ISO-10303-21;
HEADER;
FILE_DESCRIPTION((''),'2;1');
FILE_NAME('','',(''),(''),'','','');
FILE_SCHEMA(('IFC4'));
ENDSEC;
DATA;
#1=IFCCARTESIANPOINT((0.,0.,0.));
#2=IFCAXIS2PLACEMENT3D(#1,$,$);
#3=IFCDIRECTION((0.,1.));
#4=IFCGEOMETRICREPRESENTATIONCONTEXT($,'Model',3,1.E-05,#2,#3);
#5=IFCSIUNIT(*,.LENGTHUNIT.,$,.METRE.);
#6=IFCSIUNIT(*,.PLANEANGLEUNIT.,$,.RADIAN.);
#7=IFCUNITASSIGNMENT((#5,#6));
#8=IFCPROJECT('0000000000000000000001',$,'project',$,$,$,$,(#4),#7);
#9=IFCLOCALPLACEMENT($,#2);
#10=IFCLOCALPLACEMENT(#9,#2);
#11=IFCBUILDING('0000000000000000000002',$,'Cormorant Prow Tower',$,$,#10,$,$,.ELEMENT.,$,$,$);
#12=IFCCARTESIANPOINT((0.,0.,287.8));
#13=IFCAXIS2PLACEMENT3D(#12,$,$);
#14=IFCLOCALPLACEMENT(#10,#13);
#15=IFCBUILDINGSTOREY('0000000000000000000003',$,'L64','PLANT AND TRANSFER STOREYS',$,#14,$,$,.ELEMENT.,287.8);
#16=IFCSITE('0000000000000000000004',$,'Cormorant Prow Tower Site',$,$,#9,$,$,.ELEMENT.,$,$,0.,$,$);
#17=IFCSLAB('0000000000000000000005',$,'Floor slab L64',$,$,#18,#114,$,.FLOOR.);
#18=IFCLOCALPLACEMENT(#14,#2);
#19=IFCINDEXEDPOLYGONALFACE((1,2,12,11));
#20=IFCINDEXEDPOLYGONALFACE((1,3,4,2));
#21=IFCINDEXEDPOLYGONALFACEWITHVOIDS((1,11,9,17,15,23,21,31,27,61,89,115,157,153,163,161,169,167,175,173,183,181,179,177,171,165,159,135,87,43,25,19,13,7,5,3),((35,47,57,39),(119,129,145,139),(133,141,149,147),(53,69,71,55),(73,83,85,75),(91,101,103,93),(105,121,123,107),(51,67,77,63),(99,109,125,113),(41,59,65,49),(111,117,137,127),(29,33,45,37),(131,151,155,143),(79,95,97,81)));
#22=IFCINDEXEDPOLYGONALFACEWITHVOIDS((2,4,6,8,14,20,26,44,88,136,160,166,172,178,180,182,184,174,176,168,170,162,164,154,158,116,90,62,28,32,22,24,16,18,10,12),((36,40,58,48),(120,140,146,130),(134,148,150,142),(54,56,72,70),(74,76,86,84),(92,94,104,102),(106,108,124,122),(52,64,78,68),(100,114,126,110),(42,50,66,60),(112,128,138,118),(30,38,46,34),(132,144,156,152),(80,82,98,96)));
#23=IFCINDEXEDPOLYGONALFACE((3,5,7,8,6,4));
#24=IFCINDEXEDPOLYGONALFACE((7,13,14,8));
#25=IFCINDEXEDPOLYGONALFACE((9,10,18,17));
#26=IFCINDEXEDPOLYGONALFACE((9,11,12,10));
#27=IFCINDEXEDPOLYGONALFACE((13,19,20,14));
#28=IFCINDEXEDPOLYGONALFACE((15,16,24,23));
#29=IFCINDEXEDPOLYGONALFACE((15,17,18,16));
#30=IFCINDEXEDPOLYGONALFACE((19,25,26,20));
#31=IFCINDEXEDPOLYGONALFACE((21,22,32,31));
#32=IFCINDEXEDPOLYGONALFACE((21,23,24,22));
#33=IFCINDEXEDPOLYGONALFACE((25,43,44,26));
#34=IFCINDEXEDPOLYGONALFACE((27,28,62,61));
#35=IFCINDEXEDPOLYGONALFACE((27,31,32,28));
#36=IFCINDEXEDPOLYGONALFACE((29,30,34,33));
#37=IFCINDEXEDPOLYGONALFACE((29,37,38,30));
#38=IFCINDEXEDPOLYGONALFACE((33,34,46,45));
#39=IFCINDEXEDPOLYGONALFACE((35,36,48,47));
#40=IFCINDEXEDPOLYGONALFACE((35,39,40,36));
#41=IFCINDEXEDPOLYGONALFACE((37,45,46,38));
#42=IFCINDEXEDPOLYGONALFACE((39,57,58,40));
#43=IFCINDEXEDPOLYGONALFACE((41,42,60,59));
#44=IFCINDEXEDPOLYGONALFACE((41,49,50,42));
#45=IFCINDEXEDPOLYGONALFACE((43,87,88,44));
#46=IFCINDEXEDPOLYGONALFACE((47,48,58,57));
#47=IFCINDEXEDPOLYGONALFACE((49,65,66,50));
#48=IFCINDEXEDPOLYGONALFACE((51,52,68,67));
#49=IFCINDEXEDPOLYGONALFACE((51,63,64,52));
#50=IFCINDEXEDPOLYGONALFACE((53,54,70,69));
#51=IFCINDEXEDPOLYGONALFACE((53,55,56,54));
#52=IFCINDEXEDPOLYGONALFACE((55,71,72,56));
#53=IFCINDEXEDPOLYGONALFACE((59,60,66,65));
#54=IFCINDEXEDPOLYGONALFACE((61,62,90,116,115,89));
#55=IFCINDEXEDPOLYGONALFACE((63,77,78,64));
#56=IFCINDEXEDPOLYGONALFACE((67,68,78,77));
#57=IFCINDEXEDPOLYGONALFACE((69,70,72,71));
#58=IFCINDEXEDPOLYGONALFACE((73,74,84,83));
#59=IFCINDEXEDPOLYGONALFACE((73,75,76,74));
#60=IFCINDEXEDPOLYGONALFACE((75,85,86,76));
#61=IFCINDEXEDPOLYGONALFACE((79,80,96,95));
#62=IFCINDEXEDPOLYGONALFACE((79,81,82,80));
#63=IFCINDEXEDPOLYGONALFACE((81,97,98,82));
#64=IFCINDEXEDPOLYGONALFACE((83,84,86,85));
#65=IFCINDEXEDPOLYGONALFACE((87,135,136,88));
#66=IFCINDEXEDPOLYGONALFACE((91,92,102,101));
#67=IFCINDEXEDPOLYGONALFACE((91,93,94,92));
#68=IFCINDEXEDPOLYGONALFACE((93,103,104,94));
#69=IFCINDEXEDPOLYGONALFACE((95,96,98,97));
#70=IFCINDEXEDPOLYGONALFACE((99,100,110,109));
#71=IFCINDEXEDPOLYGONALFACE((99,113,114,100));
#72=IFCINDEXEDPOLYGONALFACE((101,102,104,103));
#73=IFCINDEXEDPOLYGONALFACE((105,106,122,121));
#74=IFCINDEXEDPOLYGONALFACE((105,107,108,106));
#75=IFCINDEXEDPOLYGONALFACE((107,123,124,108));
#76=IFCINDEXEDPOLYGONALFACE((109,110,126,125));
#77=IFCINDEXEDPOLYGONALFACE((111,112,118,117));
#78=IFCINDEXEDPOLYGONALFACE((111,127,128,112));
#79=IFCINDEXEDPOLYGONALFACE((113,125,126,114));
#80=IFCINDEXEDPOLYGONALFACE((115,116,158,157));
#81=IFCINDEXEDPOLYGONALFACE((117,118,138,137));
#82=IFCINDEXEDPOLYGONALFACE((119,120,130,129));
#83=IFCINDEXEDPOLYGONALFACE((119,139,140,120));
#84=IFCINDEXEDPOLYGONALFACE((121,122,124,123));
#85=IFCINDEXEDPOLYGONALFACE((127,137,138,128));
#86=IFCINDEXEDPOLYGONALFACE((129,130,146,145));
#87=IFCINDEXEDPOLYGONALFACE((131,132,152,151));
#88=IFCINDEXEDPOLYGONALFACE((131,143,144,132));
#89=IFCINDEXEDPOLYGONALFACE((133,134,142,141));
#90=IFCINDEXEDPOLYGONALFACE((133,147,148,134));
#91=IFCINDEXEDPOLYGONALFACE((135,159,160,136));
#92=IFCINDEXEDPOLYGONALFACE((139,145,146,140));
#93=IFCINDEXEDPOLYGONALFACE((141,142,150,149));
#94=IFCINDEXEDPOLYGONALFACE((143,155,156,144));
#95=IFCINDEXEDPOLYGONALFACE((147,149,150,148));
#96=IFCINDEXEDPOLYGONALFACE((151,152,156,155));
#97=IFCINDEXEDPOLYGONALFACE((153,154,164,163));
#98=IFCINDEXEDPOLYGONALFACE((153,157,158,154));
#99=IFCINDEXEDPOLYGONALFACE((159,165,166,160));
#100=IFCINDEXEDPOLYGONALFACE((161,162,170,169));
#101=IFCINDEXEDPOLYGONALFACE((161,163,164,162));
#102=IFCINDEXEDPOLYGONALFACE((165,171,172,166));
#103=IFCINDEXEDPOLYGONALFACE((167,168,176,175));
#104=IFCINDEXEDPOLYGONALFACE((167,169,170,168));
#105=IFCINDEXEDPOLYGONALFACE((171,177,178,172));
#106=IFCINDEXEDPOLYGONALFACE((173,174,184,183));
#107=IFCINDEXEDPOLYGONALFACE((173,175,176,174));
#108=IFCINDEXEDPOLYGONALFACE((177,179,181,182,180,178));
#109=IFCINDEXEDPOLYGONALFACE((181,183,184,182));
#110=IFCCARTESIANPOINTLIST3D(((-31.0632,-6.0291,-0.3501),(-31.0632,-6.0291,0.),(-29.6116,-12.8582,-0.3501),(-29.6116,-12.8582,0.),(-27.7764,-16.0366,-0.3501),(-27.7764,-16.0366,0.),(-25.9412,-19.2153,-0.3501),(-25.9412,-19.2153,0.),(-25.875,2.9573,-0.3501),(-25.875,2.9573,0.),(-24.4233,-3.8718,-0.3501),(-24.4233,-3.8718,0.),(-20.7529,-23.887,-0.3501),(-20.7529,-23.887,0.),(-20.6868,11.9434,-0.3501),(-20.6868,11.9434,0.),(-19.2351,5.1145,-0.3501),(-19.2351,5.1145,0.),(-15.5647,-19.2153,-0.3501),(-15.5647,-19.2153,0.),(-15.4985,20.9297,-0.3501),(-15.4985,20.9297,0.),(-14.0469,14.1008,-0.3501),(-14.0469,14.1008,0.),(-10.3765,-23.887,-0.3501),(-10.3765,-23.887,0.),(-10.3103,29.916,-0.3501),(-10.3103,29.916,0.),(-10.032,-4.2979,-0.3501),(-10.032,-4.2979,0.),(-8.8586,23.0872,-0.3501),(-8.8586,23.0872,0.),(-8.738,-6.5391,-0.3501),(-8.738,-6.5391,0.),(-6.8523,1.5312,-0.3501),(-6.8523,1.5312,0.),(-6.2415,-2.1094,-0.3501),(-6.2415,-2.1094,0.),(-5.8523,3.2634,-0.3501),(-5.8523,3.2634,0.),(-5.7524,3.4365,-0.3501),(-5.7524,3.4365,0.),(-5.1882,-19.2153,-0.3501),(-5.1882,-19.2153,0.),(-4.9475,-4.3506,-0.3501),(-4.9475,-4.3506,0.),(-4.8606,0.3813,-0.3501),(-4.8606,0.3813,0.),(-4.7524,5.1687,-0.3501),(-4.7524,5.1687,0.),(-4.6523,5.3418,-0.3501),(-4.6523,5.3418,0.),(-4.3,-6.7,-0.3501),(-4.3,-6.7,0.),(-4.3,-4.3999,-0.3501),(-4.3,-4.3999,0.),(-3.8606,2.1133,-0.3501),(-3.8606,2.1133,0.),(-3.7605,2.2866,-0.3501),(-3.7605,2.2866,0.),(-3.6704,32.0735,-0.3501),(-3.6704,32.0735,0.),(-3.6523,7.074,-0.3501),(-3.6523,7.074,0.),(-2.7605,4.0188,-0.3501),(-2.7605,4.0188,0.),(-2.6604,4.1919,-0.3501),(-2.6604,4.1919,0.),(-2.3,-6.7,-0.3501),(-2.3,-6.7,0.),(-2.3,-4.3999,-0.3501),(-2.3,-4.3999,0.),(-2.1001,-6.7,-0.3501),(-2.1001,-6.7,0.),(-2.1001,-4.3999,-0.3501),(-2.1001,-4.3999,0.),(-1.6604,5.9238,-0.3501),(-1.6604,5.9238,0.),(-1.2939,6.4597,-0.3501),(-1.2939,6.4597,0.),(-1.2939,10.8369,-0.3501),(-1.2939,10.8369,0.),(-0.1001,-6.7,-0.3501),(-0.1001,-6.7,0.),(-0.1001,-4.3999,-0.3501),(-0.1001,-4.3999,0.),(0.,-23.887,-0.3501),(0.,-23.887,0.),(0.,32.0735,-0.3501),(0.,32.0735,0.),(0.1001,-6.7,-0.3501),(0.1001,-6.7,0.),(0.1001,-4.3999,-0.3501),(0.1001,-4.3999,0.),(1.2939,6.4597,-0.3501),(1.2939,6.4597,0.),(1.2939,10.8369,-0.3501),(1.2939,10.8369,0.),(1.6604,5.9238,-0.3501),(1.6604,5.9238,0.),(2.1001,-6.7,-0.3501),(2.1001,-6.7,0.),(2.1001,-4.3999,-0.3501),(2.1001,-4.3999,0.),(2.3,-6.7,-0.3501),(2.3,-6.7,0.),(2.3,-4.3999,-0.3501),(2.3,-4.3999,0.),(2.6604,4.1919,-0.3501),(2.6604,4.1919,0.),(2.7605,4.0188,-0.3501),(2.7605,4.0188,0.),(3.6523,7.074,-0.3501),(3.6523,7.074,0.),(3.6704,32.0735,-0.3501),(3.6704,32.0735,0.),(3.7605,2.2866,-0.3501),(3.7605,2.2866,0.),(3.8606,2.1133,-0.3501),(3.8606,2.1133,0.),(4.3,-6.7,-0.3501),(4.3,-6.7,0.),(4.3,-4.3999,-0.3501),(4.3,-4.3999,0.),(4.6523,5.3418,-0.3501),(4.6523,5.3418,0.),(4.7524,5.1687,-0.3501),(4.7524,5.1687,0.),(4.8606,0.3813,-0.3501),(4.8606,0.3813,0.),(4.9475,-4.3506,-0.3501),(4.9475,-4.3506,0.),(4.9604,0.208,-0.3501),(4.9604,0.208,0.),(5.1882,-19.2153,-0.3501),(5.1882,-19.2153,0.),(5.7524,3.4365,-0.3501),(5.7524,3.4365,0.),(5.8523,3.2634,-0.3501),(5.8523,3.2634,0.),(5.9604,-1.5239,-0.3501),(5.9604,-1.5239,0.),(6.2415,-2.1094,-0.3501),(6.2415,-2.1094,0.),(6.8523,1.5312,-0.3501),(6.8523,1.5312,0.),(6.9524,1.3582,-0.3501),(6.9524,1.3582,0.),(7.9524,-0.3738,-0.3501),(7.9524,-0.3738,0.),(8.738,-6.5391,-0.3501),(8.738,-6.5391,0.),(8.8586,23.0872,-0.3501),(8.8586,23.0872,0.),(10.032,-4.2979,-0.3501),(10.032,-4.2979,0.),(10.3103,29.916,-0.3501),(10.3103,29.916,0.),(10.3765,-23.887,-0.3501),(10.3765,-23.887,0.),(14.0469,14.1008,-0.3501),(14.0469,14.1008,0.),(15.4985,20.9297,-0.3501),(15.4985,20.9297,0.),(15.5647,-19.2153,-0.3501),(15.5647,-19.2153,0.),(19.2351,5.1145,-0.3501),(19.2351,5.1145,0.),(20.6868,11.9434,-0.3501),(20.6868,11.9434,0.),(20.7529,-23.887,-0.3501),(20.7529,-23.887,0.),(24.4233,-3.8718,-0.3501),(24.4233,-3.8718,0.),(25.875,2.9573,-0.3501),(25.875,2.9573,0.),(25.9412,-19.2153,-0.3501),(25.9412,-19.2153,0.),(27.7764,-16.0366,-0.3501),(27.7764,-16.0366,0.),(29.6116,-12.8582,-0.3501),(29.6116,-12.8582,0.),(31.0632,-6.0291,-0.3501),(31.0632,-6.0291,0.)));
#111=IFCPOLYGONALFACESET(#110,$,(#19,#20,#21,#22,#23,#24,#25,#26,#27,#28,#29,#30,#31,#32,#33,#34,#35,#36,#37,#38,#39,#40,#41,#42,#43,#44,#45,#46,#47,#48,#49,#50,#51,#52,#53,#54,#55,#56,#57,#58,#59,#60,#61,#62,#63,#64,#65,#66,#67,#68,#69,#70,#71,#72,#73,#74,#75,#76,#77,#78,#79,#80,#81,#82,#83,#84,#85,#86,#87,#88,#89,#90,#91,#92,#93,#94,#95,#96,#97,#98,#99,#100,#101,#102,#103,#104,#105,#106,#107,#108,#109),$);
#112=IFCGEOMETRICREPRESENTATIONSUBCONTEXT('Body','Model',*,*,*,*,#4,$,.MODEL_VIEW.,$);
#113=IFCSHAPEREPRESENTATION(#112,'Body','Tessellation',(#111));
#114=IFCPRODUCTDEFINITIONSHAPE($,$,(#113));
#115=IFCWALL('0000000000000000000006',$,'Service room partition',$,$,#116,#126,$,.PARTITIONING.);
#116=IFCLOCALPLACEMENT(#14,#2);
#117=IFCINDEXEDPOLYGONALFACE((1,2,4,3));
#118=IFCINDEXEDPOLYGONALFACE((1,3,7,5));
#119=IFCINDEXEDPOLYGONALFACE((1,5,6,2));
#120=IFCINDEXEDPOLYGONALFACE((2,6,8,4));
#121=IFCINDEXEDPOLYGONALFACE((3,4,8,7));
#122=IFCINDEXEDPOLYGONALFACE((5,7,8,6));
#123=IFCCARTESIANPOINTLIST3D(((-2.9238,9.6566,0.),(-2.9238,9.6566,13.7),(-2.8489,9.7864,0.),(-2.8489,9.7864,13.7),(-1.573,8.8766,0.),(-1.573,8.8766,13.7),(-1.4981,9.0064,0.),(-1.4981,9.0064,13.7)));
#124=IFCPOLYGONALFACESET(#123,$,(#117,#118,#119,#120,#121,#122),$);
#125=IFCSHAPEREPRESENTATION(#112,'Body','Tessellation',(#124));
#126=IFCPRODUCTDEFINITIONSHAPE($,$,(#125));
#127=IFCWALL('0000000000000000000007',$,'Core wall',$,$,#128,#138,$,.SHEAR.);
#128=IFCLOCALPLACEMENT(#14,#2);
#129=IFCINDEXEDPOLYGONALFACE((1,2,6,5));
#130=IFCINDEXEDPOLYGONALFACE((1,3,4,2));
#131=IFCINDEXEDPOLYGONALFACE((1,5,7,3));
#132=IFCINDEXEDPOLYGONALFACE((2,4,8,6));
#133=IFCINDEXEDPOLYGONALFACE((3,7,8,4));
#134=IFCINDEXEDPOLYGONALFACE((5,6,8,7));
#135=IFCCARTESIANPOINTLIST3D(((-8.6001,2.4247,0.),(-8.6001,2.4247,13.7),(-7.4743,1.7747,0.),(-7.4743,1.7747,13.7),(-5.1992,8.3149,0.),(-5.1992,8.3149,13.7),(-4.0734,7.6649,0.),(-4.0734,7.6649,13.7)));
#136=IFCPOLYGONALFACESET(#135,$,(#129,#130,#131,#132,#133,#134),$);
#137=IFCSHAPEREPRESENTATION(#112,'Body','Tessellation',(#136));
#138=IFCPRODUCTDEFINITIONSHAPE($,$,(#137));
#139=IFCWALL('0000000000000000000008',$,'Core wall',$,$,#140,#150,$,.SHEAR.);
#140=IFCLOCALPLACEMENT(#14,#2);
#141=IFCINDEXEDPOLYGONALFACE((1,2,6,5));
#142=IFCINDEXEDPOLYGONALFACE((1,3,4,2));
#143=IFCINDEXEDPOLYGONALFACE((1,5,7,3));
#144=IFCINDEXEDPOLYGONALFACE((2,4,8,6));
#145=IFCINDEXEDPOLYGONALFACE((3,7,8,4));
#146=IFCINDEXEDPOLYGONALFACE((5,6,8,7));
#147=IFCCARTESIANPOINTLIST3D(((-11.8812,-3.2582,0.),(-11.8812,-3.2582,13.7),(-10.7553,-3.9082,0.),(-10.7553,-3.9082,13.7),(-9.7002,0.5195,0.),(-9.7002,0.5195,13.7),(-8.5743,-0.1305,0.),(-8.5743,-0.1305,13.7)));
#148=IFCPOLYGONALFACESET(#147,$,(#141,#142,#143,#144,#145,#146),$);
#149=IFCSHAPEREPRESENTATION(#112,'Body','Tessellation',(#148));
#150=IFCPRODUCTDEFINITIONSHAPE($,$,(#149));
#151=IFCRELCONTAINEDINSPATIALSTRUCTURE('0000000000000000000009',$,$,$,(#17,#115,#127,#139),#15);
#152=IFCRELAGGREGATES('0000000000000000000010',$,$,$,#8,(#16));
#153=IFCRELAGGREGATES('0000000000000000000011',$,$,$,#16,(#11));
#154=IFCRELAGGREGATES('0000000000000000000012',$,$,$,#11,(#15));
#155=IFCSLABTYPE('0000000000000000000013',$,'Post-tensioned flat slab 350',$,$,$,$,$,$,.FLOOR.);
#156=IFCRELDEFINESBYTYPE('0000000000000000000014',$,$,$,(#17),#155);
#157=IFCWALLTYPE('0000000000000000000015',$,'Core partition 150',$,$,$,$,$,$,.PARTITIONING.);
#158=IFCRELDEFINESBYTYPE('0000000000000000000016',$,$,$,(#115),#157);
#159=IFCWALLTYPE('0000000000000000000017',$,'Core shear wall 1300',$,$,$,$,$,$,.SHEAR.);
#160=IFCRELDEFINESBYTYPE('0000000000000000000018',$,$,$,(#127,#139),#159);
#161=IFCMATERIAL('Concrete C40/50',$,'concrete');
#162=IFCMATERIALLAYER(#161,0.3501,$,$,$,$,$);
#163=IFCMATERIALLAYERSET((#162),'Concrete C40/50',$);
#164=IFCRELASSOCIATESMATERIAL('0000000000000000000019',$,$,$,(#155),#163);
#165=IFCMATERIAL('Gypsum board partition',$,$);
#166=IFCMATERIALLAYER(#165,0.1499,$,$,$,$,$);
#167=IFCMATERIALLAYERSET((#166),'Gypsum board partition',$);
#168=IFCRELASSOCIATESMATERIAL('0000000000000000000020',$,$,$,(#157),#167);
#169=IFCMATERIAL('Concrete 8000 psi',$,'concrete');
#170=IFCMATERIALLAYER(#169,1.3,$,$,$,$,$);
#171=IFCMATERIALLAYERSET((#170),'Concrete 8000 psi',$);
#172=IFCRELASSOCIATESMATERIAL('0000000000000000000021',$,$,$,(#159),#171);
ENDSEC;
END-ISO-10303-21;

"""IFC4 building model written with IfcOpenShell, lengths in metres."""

from ifc_helpers import new_model, si_unit, direction, frame, frame_2d, origin, place, context, subcontext, project, spatial, polyline, rectangle, outline, extrude, material, layer, layer_set, type_object, element, save


model = new_model("IFC4")

# Units and contexts
model_context = context("Model", 3, precision=1e-05, world=origin(), true_north=direction((0.0, 1.0)))
body_context = subcontext(model_context, "Body", "Model", "MODEL_VIEW")
ifc_project = project(units=[si_unit("LENGTHUNIT", "METRE"), si_unit("PLANEANGLEUNIT", "RADIAN")], contexts=[model_context])

# Site, building, storey
site_placement = place(None, origin())
site = spatial("IfcSite", under=ifc_project, at=site_placement, Name="Cormorant Prow Tower Site", CompositionType="ELEMENT", RefElevation=0.0)
building_placement = place(site_placement, origin())
building = spatial("IfcBuilding", under=site, at=building_placement, Name="Cormorant Prow Tower", CompositionType="ELEMENT")
storey_placement = place(building_placement, frame((0.0, 0.0, 287.8)))
storey = spatial("IfcBuildingStorey", under=building, at=storey_placement, Name="L64", Description="PLANT AND TRANSFER STOREYS", CompositionType="ELEMENT", Elevation=287.8)

# Slab
ifc_material_1 = material(Name="Concrete C40/50", Category="concrete")
ifc_layer_1 = layer(ifc_material_1, 0.3501)
ifc_layer_set_1 = layer_set([ifc_layer_1], Name="Concrete C40/50")
slab_type = type_object("IfcSlabType", Name="Post-tensioned flat slab 350", PredefinedType="FLOOR", material=ifc_layer_set_1)
slab_placement = place(storey_placement, frame((0.0, 0.0, -0.3501)))
element("IfcSlab", 1, at=slab_placement, inside=storey, type_object=slab_type, Name="Floor slab L64", PredefinedType="FLOOR", context=body_context, shape_type="SweptSolid", body=[
    extrude(outline(polyline([(3.6704, 32.0735), (0.0, 32.0735), (-3.6704, 32.0735), (-10.3103, 29.916), (-8.8586, 23.0872), (-15.4985, 20.9297), (-14.0469, 14.1008), (-20.6868, 11.9434), (-19.2351, 5.1145), (-25.875, 2.9573), (-24.4233, -3.8718), (-31.0632, -6.0291), (-29.6116, -12.8582), (-27.7764, -16.0366), (-25.9412, -19.2153), (-20.7529, -23.887), (-15.5647, -19.2153), (-10.3765, -23.887), (-5.1882, -19.2153), (0.0, -23.887), (5.1882, -19.2153), (10.3765, -23.887), (15.5647, -19.2153), (20.7529, -23.887), (25.9412, -19.2153), (27.7764, -16.0366), (29.6116, -12.8582), (31.0632, -6.0291), (24.4233, -3.8718), (25.875, 2.9573), (19.2351, 5.1145), (20.6868, 11.9434), (14.0469, 14.1008), (15.4985, 20.9297), (8.8586, 23.0872), (10.3103, 29.916), (3.6704, 32.0735)]), holes=[polyline([(-4.3, -4.3999), (-2.3, -4.3999), (-2.3, -6.7), (-4.3, -6.7), (-4.3, -4.3999)]), polyline([(-0.1001, -4.3999), (-0.1001, -6.7), (-2.1001, -6.7), (-2.1001, -4.3999), (-0.1001, -4.3999)]), polyline([(2.1001, -6.7), (0.1001, -6.7), (0.1001, -4.3999), (2.1001, -4.3999), (2.1001, -6.7)]), polyline([(2.3, -6.7), (2.3, -4.3999), (4.3, -4.3999), (4.3, -6.7), (2.3, -6.7)]), polyline([(5.9604, -1.5239), (4.9604, 0.208), (6.9524, 1.3582), (7.9524, -0.3738), (5.9604, -1.5239)]), polyline([(3.8606, 2.1133), (5.8523, 3.2634), (6.8523, 1.5312), (4.8606, 0.3813), (3.8606, 2.1133)]), polyline([(4.7524, 5.1687), (5.7524, 3.4365), (3.7605, 2.2866), (2.7605, 4.0188), (4.7524, 5.1687)]), polyline([(4.6523, 5.3418), (2.6604, 4.1919), (1.6604, 5.9238), (3.6523, 7.074), (4.6523, 5.3418)]), polyline([(-1.6604, 5.9238), (-2.6604, 4.1919), (-4.6523, 5.3418), (-3.6523, 7.074), (-1.6604, 5.9238)]), polyline([(-3.7605, 2.2866), (-5.7524, 3.4365), (-4.7524, 5.1687), (-2.7605, 4.0188), (-3.7605, 2.2866)]), polyline([(-6.8523, 1.5312), (-5.8523, 3.2634), (-3.8606, 2.1133), (-4.8606, 0.3813), (-6.8523, 1.5312)]), polyline([(-4.9475, -4.3506), (-8.738, -6.5391), (-10.032, -4.2979), (-6.2415, -2.1094), (-4.9475, -4.3506)]), polyline([(10.032, -4.2979), (8.738, -6.5391), (4.9475, -4.3506), (6.2415, -2.1094), (10.032, -4.2979)]), polyline([(1.2939, 10.8369), (1.2939, 6.4597), (-1.2939, 6.4597), (-1.2939, 10.8369), (1.2939, 10.8369)])]), origin(), (0.0, 0.0, 1.0), 0.3501),
])

# Walls
ifc_material_2 = material(Name="Gypsum board partition")
ifc_layer_2 = layer(ifc_material_2, 0.1499)
ifc_layer_set_2 = layer_set([ifc_layer_2], Name="Gypsum board partition")
wall_type_1 = type_object("IfcWallType", Name="Core partition 150", PredefinedType="PARTITIONING", material=ifc_layer_set_2)
wall_1_placement = place(storey_placement, frame((-2.8862, 9.7214, 0.0), z_axis=(0.0, 0.0, 1.0), x_axis=(0.86599, -0.500061, 0.0)))
element("IfcWall", 2, at=wall_1_placement, inside=storey, type_object=wall_type_1, Name="Service room partition", PredefinedType="PARTITIONING", context=body_context, shape_type="SweptSolid", body=[
    extrude(rectangle(XDim=1.5598, YDim=0.1499, at=frame_2d((0.7798, 0.0))), origin(), (0.0, 0.0, 1.0), 13.7),
])
ifc_material_3 = material(Name="Concrete 8000 psi", Category="concrete")
ifc_layer_3 = layer(ifc_material_3, 1.3)
ifc_layer_set_3 = layer_set([ifc_layer_3], Name="Concrete 8000 psi")
wall_type_2 = type_object("IfcWallType", Name="Core shear wall 1300", PredefinedType="SHEAR", material=ifc_layer_set_3)
wall_2_placement = place(storey_placement, frame((-4.6362, 7.99, 0.0), z_axis=(0.0, 0.0, 1.0), x_axis=(-0.500023, -0.866012, 0.0)))
element("IfcWall", 3, at=wall_2_placement, inside=storey, type_object=wall_type_2, Name="Core wall", PredefinedType="SHEAR", context=body_context, shape_type="SweptSolid", body=[
    extrude(rectangle(XDim=6.8015, YDim=1.3, at=frame_2d((3.4009, 0.0))), origin(), (0.0, 0.0, 1.0), 13.7),
])
wall_3_placement = place(storey_placement, frame((-9.1372, 0.1946, 0.0), z_axis=(0.0, 0.0, 1.0), x_axis=(-0.499986, -0.866034, 0.0)))
element("IfcWall", 4, at=wall_3_placement, inside=storey, type_object=wall_type_2, Name="Core wall", PredefinedType="SHEAR", context=body_context, shape_type="SweptSolid", body=[
    extrude(rectangle(XDim=4.3621, YDim=1.3, at=frame_2d((2.1812, 0.0))), origin(), (0.0, 0.0, 1.0), 13.7),
])

save(model, "model.ifc")
